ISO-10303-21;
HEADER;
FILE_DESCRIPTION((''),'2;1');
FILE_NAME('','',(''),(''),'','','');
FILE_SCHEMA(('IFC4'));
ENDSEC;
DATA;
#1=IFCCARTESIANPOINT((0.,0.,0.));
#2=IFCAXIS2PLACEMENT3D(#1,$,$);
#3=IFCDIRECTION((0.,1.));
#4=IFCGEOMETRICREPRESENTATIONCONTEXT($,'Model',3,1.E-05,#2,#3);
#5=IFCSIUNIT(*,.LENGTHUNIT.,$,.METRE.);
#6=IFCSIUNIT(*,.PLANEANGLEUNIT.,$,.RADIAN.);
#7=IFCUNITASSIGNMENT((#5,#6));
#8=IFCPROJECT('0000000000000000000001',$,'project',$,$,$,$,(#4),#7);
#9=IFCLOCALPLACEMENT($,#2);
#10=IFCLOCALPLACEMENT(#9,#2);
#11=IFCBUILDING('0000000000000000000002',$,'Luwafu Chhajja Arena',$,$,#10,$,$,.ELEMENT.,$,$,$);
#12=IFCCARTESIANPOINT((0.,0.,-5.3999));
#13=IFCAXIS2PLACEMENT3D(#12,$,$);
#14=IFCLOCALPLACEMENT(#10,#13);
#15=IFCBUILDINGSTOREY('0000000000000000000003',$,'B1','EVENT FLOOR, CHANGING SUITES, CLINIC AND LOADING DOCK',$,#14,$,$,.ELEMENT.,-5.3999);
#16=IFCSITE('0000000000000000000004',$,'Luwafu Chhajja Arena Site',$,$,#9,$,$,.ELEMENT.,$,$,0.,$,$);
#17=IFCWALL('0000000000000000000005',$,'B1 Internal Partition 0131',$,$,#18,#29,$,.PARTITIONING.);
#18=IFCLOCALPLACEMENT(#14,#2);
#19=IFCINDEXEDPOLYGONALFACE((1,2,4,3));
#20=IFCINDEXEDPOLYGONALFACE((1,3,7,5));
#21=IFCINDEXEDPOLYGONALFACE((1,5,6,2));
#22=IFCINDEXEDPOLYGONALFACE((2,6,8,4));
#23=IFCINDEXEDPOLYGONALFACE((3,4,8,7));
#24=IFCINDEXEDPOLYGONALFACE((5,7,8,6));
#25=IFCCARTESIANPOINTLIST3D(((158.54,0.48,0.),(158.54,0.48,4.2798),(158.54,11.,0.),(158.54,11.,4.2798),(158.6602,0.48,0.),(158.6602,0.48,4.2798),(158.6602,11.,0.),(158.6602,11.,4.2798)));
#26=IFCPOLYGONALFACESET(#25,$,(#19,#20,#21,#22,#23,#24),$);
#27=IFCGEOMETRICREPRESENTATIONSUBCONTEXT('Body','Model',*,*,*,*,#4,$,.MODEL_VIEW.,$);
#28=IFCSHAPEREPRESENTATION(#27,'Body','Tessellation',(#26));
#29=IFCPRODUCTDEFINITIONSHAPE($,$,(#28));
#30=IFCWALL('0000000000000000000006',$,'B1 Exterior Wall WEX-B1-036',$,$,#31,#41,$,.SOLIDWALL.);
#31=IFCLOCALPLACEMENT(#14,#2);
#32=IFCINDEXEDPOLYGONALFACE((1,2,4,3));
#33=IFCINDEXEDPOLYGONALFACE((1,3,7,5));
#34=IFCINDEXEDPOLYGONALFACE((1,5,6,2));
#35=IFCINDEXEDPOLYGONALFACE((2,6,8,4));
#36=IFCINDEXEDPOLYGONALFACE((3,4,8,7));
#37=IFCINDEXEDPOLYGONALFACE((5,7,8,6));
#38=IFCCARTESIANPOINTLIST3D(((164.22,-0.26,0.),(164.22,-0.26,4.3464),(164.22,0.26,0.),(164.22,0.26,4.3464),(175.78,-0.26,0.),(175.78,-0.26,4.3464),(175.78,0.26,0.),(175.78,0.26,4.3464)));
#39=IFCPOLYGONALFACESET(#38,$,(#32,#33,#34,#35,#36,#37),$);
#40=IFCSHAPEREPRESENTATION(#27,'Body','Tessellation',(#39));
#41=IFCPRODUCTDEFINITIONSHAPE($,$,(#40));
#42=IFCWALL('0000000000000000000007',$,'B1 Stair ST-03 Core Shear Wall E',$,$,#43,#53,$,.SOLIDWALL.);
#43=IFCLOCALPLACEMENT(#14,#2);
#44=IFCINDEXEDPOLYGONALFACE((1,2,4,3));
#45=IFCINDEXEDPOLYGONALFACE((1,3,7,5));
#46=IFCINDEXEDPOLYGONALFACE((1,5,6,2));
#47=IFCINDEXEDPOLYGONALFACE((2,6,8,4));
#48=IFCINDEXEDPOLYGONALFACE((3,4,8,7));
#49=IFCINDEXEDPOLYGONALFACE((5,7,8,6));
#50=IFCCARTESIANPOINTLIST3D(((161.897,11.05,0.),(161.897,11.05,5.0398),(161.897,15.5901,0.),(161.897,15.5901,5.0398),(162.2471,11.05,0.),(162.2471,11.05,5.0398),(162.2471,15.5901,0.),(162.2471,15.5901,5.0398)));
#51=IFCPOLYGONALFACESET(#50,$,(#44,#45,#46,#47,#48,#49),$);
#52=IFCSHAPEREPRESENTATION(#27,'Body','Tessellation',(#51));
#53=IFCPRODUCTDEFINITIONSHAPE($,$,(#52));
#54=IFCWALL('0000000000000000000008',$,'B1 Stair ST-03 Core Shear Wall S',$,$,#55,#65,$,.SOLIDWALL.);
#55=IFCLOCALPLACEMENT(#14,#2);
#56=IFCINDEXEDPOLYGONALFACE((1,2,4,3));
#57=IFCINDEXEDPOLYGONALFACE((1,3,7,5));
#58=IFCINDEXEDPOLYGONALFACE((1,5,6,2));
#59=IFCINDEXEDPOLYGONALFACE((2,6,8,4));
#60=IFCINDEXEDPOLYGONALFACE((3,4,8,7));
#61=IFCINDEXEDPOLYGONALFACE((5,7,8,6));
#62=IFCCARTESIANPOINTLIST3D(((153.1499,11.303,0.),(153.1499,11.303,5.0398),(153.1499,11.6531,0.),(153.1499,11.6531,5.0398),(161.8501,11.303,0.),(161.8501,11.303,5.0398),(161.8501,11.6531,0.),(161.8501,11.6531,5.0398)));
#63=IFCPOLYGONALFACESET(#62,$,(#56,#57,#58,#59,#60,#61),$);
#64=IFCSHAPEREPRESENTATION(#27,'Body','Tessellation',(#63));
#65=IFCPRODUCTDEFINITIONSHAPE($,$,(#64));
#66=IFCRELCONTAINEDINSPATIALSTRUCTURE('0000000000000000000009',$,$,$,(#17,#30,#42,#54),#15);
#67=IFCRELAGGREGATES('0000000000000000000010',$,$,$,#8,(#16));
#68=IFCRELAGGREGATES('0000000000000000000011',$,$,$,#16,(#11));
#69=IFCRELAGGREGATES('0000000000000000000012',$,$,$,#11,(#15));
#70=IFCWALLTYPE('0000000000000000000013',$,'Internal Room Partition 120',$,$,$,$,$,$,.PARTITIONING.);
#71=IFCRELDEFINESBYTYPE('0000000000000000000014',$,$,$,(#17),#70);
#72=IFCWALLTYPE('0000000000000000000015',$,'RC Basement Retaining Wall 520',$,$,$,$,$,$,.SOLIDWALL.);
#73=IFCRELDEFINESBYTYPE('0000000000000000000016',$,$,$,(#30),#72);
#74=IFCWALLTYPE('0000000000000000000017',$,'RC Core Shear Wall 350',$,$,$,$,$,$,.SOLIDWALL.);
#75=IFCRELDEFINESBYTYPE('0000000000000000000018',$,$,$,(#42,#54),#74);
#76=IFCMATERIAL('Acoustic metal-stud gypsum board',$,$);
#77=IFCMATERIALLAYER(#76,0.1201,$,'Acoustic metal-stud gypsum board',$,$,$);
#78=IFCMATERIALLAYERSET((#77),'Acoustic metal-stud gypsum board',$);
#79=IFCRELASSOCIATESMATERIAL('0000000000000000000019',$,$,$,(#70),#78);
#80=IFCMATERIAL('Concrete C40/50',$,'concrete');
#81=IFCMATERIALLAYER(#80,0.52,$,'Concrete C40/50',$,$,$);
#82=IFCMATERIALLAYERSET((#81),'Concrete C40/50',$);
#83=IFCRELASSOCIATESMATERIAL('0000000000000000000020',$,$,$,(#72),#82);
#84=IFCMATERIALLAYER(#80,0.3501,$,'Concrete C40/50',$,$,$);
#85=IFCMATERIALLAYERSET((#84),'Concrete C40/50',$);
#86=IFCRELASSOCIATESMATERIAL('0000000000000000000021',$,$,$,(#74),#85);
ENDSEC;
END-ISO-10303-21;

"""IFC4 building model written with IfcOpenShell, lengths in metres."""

from ifc_helpers import new_model, si_unit, direction, frame, frame_2d, origin, place, context, subcontext, project, spatial, rectangle, extrude, material, layer, layer_set, type_object, element, save


model = new_model("IFC4")

# Units and contexts
model_context = context("Model", 3, precision=1e-05, world=origin(), true_north=direction((0.0, 1.0)))
body_context = subcontext(model_context, "Body", "Model", "MODEL_VIEW")
ifc_project = project(units=[si_unit("LENGTHUNIT", "METRE"), si_unit("PLANEANGLEUNIT", "RADIAN")], contexts=[model_context])

# Site, building, storey
site_placement = place(None, origin())
site = spatial("IfcSite", under=ifc_project, at=site_placement, Name="Luwafu Chhajja Arena Site", CompositionType="ELEMENT", RefElevation=0.0)
building_placement = place(site_placement, origin())
building = spatial("IfcBuilding", under=site, at=building_placement, Name="Luwafu Chhajja Arena", CompositionType="ELEMENT")
storey_placement = place(building_placement, frame((0.0, 0.0, -5.3999)))
storey = spatial("IfcBuildingStorey", under=building, at=storey_placement, Name="B1", Description="EVENT FLOOR, CHANGING SUITES, CLINIC AND LOADING DOCK", CompositionType="ELEMENT", Elevation=-5.3999)

# Shared definitions
ifc_material_1 = material(Name="Concrete C40/50", Category="concrete")

# Shared definitions
ifc_material_2 = material(Name="Acoustic metal-stud gypsum board")
ifc_layer_1 = layer(ifc_material_2, 0.1201, Name="Acoustic metal-stud gypsum board")
ifc_layer_set_1 = layer_set([ifc_layer_1], Name="Acoustic metal-stud gypsum board")
wall_type_1 = type_object("IfcWallType", Name="Internal Room Partition 120", PredefinedType="PARTITIONING", material=ifc_layer_set_1)

# Walls
wall_1_placement = place(storey_placement, frame((158.6001, 0.48, 0.0), z_axis=(0.0, 0.0, 1.0), x_axis=(0.0, 1.0, 0.0)))
element("IfcWall", 1, at=wall_1_placement, inside=storey, type_object=wall_type_1, Name="B1 Internal Partition 0131", PredefinedType="PARTITIONING", context=body_context, shape_type="SweptSolid", body=[
    extrude(rectangle(XDim=10.52, YDim=0.1201, at=frame_2d((5.26, 0.0))), origin(), (0.0, 0.0, 1.0), 4.2798),
])
ifc_layer_2 = layer(ifc_material_1, 0.52, Name="Concrete C40/50")
ifc_layer_set_2 = layer_set([ifc_layer_2], Name="Concrete C40/50")
wall_type_2 = type_object("IfcWallType", Name="RC Basement Retaining Wall 520", PredefinedType="SOLIDWALL", material=ifc_layer_set_2)
wall_2_placement = place(storey_placement, frame((164.22, 0.0, 0.0), z_axis=(0.0, 0.0, 1.0), x_axis=(1.0, 0.0, 0.0)))
element("IfcWall", 2, at=wall_2_placement, inside=storey, type_object=wall_type_2, Name="B1 Exterior Wall WEX-B1-036", PredefinedType="SOLIDWALL", context=body_context, shape_type="SweptSolid", body=[
    extrude(rectangle(XDim=11.5601, YDim=0.52, at=frame_2d((5.78, 0.0))), origin(), (0.0, 0.0, 1.0), 4.3464),
])
ifc_layer_3 = layer(ifc_material_1, 0.3501, Name="Concrete C40/50")
ifc_layer_set_3 = layer_set([ifc_layer_3], Name="Concrete C40/50")
wall_type_3 = type_object("IfcWallType", Name="RC Core Shear Wall 350", PredefinedType="SOLIDWALL", material=ifc_layer_set_3)
wall_3_placement = place(storey_placement, frame((162.072, 11.05, 0.0), z_axis=(0.0, 0.0, 1.0), x_axis=(0.0, 1.0, 0.0)))
element("IfcWall", 3, at=wall_3_placement, inside=storey, type_object=wall_type_3, Name="B1 Stair ST-03 Core Shear Wall E", PredefinedType="SOLIDWALL", context=body_context, shape_type="SweptSolid", body=[
    extrude(rectangle(XDim=4.54, YDim=0.3501, at=frame_2d((2.27, 0.0))), origin(), (0.0, 0.0, 1.0), 5.0398),
])
wall_4_placement = place(storey_placement, frame((153.1499, 11.478, 0.0), z_axis=(0.0, 0.0, 1.0), x_axis=(1.0, 0.0, 0.0)))
element("IfcWall", 4, at=wall_4_placement, inside=storey, type_object=wall_type_3, Name="B1 Stair ST-03 Core Shear Wall S", PredefinedType="SOLIDWALL", context=body_context, shape_type="SweptSolid", body=[
    extrude(rectangle(XDim=8.7002, YDim=0.3501, at=frame_2d((4.3501, 0.0))), origin(), (0.0, 0.0, 1.0), 5.0398),
])

save(model, "model.ifc")
